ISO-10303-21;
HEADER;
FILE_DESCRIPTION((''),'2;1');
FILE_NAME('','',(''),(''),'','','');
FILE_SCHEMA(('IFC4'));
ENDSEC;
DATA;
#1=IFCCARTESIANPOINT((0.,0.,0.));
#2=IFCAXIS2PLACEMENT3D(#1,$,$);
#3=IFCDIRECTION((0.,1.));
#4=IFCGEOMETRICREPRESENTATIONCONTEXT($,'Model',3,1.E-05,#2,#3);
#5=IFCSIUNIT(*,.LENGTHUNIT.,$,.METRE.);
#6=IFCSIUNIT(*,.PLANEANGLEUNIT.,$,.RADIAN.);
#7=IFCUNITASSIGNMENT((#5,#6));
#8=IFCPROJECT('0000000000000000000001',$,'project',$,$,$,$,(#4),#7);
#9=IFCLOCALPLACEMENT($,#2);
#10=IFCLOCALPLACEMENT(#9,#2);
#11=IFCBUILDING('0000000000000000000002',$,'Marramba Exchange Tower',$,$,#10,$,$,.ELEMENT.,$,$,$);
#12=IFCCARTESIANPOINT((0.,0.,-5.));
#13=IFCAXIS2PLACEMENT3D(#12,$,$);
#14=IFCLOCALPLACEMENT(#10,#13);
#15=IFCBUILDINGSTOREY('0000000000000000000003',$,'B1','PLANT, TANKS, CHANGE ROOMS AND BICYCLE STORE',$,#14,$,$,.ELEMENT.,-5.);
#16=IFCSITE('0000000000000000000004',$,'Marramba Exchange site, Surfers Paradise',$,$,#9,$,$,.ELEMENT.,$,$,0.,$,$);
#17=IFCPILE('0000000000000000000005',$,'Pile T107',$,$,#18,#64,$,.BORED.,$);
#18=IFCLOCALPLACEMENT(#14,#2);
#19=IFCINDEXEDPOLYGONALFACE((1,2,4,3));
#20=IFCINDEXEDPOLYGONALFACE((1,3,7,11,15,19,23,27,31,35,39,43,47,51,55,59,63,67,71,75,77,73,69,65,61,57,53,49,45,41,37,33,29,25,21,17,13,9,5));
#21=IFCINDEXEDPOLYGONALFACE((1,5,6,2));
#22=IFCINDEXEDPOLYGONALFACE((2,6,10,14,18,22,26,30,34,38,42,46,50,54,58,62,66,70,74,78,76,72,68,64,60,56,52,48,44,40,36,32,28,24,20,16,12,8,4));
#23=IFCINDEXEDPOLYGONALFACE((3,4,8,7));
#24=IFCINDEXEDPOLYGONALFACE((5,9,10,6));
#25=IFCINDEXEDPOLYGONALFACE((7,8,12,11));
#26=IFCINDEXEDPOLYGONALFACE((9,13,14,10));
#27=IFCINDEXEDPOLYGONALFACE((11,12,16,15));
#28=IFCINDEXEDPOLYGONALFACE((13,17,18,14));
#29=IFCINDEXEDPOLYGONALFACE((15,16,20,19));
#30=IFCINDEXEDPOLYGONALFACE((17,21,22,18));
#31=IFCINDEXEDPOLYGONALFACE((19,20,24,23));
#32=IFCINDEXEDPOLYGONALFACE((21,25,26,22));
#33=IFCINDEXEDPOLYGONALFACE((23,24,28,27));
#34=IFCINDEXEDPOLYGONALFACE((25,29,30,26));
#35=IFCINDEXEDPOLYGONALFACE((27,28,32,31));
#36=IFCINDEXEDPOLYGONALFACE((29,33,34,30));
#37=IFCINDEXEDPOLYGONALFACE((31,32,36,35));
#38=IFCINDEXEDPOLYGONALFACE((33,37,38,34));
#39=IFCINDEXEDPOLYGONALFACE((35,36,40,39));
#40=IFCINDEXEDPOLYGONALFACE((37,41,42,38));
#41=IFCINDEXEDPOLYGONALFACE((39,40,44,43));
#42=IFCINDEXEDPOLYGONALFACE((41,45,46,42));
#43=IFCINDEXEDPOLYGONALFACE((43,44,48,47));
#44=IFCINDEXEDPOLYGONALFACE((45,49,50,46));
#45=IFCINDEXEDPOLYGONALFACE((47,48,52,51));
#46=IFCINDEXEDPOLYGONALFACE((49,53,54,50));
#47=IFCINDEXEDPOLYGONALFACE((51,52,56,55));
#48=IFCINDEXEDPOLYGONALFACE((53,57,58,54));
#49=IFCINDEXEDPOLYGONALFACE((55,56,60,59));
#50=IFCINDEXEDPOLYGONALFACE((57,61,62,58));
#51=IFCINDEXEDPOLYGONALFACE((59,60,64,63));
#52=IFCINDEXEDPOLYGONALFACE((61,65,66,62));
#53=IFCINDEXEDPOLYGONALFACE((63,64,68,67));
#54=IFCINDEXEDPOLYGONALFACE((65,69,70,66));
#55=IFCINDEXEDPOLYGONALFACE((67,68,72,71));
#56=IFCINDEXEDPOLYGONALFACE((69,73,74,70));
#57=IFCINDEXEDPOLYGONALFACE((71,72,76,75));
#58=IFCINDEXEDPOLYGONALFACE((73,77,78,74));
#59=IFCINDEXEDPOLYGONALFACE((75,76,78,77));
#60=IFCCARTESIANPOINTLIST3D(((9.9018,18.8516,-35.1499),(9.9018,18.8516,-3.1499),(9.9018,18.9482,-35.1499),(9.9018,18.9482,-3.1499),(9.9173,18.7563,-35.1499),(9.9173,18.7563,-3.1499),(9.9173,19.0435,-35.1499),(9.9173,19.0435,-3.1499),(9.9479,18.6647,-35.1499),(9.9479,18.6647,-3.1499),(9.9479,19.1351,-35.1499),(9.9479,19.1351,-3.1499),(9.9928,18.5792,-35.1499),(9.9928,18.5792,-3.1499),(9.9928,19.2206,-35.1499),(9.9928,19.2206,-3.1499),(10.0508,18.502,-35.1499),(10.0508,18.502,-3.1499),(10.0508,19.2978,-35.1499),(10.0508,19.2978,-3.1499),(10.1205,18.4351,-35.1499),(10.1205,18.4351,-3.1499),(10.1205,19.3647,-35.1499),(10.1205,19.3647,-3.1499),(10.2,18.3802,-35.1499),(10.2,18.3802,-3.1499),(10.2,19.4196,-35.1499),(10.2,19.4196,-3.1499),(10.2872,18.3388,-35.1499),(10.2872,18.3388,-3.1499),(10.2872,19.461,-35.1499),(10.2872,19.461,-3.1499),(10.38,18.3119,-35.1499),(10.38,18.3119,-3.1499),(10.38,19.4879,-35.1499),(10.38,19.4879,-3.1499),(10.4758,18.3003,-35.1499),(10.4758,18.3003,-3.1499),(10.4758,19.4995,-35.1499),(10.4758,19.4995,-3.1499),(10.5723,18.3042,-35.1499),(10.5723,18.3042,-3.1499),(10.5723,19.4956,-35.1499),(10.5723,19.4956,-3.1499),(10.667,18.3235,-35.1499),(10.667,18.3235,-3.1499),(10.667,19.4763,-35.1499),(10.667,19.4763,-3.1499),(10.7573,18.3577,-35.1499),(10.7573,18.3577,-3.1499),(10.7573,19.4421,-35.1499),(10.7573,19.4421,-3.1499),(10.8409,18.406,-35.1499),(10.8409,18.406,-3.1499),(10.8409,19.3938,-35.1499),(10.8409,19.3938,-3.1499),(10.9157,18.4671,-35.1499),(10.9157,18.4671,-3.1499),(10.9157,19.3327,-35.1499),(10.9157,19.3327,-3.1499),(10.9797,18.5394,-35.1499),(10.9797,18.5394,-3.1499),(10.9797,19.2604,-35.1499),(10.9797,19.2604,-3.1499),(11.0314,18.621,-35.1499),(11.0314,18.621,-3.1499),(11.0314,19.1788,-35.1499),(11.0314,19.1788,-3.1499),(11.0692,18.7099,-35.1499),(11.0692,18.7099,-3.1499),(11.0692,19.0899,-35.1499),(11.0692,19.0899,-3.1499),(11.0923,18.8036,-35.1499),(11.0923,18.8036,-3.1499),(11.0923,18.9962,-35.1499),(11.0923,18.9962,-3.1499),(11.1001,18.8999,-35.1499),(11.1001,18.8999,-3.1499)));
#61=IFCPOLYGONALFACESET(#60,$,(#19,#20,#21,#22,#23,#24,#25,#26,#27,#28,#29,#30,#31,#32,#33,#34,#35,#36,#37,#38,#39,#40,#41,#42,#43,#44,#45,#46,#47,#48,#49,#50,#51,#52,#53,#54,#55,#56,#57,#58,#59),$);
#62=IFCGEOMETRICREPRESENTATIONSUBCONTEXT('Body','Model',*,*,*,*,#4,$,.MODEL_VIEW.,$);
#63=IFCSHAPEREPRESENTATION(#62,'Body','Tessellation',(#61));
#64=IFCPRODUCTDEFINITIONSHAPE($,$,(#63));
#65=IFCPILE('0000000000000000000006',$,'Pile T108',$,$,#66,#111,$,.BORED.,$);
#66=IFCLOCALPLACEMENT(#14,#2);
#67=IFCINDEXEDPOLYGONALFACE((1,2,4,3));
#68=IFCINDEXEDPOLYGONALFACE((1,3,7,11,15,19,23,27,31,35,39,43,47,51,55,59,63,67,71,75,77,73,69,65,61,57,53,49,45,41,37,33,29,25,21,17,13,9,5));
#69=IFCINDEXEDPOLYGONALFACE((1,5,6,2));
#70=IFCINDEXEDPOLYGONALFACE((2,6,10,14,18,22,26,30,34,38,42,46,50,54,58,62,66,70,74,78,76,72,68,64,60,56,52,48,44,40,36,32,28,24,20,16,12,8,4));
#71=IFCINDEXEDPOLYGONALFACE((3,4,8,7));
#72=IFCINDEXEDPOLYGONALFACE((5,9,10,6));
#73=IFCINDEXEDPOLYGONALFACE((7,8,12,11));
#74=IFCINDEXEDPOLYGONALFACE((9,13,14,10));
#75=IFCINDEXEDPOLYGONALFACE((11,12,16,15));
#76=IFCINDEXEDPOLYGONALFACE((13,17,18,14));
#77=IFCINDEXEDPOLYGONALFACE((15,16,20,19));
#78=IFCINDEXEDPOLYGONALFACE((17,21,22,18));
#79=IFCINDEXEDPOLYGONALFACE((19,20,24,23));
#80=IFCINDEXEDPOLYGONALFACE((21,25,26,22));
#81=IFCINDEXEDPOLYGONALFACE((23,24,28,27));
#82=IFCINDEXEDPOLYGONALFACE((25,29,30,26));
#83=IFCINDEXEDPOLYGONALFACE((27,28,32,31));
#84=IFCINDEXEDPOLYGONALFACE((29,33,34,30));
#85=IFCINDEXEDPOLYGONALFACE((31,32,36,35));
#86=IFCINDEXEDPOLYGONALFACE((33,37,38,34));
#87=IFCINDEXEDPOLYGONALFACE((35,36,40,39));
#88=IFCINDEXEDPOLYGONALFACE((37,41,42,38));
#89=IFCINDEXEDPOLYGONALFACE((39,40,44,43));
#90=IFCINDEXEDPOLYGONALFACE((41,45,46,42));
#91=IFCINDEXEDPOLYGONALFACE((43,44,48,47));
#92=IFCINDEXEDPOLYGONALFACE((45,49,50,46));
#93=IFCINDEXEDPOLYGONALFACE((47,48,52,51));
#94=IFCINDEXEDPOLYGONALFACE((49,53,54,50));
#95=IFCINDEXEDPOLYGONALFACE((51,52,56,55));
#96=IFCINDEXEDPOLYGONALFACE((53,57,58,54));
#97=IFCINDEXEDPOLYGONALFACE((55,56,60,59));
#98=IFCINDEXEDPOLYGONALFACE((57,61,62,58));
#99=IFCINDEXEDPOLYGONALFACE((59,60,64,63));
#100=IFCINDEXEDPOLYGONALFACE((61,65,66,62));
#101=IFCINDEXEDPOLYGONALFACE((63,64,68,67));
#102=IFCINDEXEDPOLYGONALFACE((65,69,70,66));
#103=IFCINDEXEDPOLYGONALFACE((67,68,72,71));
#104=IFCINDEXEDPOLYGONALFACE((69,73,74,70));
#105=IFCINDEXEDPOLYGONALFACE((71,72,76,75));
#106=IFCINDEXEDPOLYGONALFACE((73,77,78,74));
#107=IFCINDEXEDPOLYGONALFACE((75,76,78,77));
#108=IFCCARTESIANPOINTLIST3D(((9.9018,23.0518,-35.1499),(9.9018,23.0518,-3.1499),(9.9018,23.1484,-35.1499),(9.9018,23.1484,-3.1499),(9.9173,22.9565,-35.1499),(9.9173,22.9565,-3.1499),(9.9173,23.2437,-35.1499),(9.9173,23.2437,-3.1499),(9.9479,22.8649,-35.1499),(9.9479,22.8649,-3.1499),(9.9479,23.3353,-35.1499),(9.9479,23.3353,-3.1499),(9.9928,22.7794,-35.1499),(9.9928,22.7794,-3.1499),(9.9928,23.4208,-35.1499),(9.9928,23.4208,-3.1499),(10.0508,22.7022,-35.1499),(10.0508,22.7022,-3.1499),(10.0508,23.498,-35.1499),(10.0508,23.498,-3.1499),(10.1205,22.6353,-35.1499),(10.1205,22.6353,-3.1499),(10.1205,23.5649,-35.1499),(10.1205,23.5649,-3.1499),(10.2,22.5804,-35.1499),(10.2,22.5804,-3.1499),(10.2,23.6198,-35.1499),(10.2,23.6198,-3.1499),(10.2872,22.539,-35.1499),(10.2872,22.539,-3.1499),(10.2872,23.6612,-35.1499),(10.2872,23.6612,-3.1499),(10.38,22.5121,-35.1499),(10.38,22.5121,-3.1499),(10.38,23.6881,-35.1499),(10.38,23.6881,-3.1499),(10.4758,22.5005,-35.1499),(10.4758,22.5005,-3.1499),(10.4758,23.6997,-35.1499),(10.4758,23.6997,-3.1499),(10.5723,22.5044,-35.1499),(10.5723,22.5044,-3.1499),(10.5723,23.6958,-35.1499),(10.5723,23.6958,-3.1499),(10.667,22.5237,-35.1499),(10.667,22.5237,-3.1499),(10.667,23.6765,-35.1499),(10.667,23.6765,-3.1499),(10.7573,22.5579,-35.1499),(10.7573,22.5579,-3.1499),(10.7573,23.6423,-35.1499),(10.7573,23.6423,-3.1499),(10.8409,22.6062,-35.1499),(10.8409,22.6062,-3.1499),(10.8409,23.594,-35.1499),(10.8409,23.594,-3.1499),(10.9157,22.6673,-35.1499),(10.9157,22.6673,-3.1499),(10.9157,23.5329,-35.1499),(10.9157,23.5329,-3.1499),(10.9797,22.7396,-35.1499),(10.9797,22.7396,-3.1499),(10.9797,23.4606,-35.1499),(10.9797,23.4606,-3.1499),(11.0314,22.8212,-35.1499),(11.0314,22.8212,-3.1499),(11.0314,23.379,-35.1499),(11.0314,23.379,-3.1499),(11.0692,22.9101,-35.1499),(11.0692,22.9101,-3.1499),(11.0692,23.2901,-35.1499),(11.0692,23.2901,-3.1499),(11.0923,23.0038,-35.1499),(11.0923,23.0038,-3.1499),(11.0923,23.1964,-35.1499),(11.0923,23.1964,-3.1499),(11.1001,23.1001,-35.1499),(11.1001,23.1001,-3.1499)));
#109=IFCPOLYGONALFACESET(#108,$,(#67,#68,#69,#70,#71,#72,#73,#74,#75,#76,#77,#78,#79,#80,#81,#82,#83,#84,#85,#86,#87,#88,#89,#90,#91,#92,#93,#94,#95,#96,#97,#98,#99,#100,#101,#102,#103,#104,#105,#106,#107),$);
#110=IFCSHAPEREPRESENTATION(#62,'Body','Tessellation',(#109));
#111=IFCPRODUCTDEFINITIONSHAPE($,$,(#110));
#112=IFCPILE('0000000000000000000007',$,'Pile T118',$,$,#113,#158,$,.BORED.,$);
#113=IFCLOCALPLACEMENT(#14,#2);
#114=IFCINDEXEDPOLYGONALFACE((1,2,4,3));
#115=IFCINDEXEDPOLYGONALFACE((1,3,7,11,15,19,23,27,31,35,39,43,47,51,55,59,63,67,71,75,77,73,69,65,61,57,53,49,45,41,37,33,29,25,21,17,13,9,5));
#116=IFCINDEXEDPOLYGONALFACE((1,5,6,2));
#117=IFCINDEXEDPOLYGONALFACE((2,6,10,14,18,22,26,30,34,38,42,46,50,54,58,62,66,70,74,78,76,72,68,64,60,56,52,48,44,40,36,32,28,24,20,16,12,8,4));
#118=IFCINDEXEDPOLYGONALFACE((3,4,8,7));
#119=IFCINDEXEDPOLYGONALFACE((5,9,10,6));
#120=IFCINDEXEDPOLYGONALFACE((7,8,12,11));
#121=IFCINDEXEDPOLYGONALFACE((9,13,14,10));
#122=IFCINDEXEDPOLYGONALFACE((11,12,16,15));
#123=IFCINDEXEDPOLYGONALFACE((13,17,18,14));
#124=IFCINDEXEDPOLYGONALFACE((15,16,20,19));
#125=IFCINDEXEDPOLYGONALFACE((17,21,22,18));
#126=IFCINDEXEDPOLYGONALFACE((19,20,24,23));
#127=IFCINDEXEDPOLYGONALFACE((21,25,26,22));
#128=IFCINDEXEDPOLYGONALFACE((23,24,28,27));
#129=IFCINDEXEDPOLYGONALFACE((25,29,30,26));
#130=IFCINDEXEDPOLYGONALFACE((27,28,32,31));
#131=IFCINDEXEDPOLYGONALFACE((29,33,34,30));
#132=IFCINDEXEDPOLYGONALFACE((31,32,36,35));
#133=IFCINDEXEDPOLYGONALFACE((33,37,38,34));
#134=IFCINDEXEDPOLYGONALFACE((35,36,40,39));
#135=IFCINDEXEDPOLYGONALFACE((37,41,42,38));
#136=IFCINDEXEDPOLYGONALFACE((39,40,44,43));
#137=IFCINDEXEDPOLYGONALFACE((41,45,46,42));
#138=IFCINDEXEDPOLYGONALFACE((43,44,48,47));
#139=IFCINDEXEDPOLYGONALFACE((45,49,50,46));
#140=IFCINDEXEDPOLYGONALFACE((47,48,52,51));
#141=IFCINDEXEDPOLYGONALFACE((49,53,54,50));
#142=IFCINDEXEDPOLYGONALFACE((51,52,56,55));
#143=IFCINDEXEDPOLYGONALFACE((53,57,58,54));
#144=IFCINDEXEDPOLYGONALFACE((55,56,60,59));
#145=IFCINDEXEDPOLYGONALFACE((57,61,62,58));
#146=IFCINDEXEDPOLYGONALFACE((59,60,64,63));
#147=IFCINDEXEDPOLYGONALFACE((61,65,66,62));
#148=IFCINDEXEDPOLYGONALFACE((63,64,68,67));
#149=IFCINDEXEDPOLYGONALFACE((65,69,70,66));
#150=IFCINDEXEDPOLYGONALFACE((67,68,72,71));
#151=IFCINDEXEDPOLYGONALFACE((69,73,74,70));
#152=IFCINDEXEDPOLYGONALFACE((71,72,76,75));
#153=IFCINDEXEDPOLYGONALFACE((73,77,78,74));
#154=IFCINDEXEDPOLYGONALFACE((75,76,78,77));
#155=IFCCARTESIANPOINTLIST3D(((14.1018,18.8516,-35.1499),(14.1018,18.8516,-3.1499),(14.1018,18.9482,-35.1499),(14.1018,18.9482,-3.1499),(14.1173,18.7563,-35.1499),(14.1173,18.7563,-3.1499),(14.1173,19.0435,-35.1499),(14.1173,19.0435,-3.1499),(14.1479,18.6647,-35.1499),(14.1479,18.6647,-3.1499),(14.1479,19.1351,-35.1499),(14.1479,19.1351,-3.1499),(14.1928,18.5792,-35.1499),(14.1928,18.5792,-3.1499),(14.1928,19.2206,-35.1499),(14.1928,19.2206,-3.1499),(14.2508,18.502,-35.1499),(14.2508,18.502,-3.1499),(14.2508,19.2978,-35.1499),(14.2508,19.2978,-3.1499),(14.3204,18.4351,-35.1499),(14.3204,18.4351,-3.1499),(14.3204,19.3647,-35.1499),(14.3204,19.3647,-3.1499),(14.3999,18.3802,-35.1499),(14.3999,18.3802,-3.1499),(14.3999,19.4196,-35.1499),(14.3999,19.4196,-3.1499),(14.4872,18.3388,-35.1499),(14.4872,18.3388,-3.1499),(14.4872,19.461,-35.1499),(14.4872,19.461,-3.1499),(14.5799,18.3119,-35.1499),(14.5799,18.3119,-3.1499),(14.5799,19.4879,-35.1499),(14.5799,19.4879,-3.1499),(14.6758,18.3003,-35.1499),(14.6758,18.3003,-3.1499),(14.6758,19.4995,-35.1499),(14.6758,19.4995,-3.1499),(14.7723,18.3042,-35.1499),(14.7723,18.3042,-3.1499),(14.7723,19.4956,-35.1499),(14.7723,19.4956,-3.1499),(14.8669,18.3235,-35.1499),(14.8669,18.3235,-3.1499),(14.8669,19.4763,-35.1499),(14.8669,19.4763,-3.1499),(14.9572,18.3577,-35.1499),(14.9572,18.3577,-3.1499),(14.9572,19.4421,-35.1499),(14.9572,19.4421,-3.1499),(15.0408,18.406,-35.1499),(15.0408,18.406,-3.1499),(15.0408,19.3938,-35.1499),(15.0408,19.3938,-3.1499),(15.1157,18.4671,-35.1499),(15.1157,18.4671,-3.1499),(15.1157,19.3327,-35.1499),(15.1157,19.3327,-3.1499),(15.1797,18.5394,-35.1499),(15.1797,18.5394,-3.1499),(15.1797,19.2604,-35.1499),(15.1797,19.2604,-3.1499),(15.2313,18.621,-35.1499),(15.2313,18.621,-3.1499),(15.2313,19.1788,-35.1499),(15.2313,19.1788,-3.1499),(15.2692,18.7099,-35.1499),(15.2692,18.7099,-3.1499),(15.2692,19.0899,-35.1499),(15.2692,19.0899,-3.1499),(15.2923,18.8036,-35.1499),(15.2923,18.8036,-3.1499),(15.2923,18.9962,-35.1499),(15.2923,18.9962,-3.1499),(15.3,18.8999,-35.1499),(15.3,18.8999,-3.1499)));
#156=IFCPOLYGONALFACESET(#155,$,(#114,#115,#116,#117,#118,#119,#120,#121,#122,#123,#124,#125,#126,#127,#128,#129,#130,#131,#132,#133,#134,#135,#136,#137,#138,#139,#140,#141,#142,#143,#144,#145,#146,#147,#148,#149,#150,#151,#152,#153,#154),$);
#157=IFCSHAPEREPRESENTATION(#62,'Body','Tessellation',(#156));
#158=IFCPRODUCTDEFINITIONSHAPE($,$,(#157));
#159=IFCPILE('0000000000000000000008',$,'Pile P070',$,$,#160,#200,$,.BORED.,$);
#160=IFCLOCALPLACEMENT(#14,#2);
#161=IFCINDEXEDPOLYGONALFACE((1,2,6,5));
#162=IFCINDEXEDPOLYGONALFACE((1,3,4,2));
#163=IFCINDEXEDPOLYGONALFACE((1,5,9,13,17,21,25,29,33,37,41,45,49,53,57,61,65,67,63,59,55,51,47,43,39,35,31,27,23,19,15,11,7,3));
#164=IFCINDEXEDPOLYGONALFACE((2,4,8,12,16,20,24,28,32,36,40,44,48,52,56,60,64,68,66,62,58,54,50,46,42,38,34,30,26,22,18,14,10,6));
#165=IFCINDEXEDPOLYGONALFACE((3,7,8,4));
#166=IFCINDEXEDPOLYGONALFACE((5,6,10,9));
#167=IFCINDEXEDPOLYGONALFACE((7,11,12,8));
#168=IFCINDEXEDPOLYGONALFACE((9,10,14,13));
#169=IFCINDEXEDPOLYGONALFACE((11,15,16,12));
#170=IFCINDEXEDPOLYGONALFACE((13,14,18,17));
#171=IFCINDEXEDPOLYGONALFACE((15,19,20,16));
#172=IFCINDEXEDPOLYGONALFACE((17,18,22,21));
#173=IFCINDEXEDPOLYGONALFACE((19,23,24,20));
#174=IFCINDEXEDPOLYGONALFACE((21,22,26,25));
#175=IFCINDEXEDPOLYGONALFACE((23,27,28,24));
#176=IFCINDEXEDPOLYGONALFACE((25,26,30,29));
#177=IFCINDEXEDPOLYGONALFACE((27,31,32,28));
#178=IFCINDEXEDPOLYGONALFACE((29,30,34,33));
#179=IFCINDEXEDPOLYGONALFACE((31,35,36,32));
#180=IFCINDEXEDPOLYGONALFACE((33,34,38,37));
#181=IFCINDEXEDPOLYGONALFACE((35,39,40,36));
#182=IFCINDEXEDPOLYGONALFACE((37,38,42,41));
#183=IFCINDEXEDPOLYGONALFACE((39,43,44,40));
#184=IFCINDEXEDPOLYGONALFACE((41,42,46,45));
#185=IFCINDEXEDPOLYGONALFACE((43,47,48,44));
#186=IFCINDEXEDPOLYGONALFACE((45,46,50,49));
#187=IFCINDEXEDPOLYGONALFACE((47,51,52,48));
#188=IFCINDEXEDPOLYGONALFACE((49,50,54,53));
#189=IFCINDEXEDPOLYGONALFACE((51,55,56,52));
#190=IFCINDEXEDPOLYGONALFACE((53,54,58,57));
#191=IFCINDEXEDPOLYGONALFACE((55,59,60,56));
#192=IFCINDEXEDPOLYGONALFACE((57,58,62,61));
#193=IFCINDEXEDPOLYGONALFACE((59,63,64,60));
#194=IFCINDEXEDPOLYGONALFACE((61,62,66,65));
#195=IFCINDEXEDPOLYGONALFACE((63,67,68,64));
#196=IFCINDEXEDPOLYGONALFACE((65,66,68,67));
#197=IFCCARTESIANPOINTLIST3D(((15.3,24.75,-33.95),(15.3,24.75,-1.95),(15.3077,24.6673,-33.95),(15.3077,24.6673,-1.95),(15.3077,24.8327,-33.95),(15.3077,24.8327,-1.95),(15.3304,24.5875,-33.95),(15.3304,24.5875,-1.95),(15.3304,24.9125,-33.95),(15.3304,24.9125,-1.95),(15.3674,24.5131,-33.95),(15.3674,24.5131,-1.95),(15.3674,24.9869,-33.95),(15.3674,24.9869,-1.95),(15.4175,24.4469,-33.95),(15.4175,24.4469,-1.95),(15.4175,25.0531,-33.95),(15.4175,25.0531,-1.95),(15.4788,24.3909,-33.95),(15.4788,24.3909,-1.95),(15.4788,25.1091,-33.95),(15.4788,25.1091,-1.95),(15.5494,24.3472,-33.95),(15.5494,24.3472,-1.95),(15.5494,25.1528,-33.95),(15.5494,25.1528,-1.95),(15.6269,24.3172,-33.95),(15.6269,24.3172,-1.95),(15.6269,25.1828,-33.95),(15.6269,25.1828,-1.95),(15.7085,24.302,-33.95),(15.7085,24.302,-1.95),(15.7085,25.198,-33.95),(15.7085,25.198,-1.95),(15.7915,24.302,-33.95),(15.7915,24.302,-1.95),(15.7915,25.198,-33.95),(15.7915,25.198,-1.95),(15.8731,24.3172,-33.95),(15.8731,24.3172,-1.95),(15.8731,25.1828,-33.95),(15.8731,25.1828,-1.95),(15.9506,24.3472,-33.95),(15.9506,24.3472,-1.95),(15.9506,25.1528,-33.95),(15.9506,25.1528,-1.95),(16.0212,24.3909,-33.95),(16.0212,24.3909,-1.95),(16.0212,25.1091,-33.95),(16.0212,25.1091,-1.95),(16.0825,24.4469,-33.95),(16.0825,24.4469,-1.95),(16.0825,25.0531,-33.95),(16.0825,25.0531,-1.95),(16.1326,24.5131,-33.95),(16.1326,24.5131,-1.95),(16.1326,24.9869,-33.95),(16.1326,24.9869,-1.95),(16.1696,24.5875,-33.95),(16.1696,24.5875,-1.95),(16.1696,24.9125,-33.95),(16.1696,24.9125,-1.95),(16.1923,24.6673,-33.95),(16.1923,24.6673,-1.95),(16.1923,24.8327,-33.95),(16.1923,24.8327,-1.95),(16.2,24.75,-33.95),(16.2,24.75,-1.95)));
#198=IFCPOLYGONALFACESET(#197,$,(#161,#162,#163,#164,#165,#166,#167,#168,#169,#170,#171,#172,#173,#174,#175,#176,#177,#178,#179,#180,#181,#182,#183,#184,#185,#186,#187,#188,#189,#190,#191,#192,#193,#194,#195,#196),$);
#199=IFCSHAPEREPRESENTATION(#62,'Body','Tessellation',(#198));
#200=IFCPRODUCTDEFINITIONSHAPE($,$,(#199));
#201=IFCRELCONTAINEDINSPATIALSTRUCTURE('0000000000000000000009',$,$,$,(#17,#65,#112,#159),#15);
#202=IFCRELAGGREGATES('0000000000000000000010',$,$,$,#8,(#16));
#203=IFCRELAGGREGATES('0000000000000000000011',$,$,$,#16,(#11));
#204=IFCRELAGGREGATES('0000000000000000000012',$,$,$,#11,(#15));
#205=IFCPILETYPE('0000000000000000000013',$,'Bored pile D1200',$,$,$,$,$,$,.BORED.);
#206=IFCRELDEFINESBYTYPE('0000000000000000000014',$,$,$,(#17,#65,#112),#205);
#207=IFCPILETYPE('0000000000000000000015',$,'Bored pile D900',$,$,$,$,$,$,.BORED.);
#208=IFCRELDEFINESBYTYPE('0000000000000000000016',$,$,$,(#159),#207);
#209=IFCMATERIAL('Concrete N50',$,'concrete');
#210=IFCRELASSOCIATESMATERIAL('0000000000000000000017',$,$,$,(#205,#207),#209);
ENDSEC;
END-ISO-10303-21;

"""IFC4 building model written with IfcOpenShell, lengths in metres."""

from ifc_helpers import new_model, si_unit, direction, frame, origin, origin_2d, place, context, subcontext, project, spatial, circle, extrude, material, material_profile, profile_set, type_object, element, save


model = new_model("IFC4")

# Units and contexts
model_context = context("Model", 3, precision=1e-05, world=origin(), true_north=direction((0.0, 1.0)))
body_context = subcontext(model_context, "Body", "Model", "MODEL_VIEW")
ifc_project = project(units=[si_unit("LENGTHUNIT", "METRE"), si_unit("PLANEANGLEUNIT", "RADIAN")], contexts=[model_context])

# Site, building, storey
site_placement = place(None, origin())
site = spatial("IfcSite", under=ifc_project, at=site_placement, Name="Marramba Exchange site, Surfers Paradise", CompositionType="ELEMENT", RefElevation=0.0)
building_placement = place(site_placement, origin())
building = spatial("IfcBuilding", under=site, at=building_placement, Name="Marramba Exchange Tower", CompositionType="ELEMENT")
storey_placement = place(building_placement, frame((0.0, 0.0, -5.0)))
storey = spatial("IfcBuildingStorey", under=building, at=storey_placement, Name="B1", Description="PLANT, TANKS, CHANGE ROOMS AND BICYCLE STORE", CompositionType="ELEMENT", Elevation=-5.0)

# Piles
ifc_material_1 = material(Name="Concrete N50", Category="concrete")
ifc_material_profile_1 = material_profile(ifc_material_1, circle(Radius=0.6001, at=origin_2d()), Name="BP D1200")
ifc_profile_set_1 = profile_set([ifc_material_profile_1], Name="Concrete N50")
pile_type_1 = type_object("IfcPileType", Name="Bored pile D1200", PredefinedType="BORED", material=ifc_profile_set_1)
for number, where, z_axis, x_axis, name in (
    (1, (10.5, 18.8999, -3.1499), (0.0, 0.0, -1.0), (1.0, 0.0, 0.0), "Pile T107"),
    (2, (10.5, 23.1001, -3.1499), (0.0, 0.0, -1.0), (1.0, 0.0, 0.0), "Pile T108"),
    (3, (14.7, 18.8999, -3.1499), (0.0, 0.0, -1.0), (1.0, 0.0, 0.0), "Pile T118"),
):
    element("IfcPile", number, at=place(storey_placement, frame(where, z_axis=z_axis, x_axis=x_axis)), inside=storey, type_object=pile_type_1, Name=name, PredefinedType="BORED", context=body_context, shape_type="SweptSolid", body=[
        extrude(circle(Radius=0.6001, at=origin_2d()), origin(), (0.0, 0.0, 1.0), 32.0),
    ])
ifc_material_profile_2 = material_profile(ifc_material_1, circle(Radius=0.45, at=origin_2d()), Name="BP D900")
ifc_profile_set_2 = profile_set([ifc_material_profile_2], Name="Concrete N50")
pile_type_2 = type_object("IfcPileType", Name="Bored pile D900", PredefinedType="BORED", material=ifc_profile_set_2)
pile_placement = place(storey_placement, frame((15.75, 24.75, -1.95), z_axis=(0.0, 0.0, -1.0), x_axis=(1.0, 0.0, 0.0)))
element("IfcPile", 4, at=pile_placement, inside=storey, type_object=pile_type_2, Name="Pile P070", PredefinedType="BORED", context=body_context, shape_type="SweptSolid", body=[
    extrude(circle(Radius=0.45, at=origin_2d()), origin(), (0.0, 0.0, 1.0), 32.0),
])

save(model, "model.ifc")
